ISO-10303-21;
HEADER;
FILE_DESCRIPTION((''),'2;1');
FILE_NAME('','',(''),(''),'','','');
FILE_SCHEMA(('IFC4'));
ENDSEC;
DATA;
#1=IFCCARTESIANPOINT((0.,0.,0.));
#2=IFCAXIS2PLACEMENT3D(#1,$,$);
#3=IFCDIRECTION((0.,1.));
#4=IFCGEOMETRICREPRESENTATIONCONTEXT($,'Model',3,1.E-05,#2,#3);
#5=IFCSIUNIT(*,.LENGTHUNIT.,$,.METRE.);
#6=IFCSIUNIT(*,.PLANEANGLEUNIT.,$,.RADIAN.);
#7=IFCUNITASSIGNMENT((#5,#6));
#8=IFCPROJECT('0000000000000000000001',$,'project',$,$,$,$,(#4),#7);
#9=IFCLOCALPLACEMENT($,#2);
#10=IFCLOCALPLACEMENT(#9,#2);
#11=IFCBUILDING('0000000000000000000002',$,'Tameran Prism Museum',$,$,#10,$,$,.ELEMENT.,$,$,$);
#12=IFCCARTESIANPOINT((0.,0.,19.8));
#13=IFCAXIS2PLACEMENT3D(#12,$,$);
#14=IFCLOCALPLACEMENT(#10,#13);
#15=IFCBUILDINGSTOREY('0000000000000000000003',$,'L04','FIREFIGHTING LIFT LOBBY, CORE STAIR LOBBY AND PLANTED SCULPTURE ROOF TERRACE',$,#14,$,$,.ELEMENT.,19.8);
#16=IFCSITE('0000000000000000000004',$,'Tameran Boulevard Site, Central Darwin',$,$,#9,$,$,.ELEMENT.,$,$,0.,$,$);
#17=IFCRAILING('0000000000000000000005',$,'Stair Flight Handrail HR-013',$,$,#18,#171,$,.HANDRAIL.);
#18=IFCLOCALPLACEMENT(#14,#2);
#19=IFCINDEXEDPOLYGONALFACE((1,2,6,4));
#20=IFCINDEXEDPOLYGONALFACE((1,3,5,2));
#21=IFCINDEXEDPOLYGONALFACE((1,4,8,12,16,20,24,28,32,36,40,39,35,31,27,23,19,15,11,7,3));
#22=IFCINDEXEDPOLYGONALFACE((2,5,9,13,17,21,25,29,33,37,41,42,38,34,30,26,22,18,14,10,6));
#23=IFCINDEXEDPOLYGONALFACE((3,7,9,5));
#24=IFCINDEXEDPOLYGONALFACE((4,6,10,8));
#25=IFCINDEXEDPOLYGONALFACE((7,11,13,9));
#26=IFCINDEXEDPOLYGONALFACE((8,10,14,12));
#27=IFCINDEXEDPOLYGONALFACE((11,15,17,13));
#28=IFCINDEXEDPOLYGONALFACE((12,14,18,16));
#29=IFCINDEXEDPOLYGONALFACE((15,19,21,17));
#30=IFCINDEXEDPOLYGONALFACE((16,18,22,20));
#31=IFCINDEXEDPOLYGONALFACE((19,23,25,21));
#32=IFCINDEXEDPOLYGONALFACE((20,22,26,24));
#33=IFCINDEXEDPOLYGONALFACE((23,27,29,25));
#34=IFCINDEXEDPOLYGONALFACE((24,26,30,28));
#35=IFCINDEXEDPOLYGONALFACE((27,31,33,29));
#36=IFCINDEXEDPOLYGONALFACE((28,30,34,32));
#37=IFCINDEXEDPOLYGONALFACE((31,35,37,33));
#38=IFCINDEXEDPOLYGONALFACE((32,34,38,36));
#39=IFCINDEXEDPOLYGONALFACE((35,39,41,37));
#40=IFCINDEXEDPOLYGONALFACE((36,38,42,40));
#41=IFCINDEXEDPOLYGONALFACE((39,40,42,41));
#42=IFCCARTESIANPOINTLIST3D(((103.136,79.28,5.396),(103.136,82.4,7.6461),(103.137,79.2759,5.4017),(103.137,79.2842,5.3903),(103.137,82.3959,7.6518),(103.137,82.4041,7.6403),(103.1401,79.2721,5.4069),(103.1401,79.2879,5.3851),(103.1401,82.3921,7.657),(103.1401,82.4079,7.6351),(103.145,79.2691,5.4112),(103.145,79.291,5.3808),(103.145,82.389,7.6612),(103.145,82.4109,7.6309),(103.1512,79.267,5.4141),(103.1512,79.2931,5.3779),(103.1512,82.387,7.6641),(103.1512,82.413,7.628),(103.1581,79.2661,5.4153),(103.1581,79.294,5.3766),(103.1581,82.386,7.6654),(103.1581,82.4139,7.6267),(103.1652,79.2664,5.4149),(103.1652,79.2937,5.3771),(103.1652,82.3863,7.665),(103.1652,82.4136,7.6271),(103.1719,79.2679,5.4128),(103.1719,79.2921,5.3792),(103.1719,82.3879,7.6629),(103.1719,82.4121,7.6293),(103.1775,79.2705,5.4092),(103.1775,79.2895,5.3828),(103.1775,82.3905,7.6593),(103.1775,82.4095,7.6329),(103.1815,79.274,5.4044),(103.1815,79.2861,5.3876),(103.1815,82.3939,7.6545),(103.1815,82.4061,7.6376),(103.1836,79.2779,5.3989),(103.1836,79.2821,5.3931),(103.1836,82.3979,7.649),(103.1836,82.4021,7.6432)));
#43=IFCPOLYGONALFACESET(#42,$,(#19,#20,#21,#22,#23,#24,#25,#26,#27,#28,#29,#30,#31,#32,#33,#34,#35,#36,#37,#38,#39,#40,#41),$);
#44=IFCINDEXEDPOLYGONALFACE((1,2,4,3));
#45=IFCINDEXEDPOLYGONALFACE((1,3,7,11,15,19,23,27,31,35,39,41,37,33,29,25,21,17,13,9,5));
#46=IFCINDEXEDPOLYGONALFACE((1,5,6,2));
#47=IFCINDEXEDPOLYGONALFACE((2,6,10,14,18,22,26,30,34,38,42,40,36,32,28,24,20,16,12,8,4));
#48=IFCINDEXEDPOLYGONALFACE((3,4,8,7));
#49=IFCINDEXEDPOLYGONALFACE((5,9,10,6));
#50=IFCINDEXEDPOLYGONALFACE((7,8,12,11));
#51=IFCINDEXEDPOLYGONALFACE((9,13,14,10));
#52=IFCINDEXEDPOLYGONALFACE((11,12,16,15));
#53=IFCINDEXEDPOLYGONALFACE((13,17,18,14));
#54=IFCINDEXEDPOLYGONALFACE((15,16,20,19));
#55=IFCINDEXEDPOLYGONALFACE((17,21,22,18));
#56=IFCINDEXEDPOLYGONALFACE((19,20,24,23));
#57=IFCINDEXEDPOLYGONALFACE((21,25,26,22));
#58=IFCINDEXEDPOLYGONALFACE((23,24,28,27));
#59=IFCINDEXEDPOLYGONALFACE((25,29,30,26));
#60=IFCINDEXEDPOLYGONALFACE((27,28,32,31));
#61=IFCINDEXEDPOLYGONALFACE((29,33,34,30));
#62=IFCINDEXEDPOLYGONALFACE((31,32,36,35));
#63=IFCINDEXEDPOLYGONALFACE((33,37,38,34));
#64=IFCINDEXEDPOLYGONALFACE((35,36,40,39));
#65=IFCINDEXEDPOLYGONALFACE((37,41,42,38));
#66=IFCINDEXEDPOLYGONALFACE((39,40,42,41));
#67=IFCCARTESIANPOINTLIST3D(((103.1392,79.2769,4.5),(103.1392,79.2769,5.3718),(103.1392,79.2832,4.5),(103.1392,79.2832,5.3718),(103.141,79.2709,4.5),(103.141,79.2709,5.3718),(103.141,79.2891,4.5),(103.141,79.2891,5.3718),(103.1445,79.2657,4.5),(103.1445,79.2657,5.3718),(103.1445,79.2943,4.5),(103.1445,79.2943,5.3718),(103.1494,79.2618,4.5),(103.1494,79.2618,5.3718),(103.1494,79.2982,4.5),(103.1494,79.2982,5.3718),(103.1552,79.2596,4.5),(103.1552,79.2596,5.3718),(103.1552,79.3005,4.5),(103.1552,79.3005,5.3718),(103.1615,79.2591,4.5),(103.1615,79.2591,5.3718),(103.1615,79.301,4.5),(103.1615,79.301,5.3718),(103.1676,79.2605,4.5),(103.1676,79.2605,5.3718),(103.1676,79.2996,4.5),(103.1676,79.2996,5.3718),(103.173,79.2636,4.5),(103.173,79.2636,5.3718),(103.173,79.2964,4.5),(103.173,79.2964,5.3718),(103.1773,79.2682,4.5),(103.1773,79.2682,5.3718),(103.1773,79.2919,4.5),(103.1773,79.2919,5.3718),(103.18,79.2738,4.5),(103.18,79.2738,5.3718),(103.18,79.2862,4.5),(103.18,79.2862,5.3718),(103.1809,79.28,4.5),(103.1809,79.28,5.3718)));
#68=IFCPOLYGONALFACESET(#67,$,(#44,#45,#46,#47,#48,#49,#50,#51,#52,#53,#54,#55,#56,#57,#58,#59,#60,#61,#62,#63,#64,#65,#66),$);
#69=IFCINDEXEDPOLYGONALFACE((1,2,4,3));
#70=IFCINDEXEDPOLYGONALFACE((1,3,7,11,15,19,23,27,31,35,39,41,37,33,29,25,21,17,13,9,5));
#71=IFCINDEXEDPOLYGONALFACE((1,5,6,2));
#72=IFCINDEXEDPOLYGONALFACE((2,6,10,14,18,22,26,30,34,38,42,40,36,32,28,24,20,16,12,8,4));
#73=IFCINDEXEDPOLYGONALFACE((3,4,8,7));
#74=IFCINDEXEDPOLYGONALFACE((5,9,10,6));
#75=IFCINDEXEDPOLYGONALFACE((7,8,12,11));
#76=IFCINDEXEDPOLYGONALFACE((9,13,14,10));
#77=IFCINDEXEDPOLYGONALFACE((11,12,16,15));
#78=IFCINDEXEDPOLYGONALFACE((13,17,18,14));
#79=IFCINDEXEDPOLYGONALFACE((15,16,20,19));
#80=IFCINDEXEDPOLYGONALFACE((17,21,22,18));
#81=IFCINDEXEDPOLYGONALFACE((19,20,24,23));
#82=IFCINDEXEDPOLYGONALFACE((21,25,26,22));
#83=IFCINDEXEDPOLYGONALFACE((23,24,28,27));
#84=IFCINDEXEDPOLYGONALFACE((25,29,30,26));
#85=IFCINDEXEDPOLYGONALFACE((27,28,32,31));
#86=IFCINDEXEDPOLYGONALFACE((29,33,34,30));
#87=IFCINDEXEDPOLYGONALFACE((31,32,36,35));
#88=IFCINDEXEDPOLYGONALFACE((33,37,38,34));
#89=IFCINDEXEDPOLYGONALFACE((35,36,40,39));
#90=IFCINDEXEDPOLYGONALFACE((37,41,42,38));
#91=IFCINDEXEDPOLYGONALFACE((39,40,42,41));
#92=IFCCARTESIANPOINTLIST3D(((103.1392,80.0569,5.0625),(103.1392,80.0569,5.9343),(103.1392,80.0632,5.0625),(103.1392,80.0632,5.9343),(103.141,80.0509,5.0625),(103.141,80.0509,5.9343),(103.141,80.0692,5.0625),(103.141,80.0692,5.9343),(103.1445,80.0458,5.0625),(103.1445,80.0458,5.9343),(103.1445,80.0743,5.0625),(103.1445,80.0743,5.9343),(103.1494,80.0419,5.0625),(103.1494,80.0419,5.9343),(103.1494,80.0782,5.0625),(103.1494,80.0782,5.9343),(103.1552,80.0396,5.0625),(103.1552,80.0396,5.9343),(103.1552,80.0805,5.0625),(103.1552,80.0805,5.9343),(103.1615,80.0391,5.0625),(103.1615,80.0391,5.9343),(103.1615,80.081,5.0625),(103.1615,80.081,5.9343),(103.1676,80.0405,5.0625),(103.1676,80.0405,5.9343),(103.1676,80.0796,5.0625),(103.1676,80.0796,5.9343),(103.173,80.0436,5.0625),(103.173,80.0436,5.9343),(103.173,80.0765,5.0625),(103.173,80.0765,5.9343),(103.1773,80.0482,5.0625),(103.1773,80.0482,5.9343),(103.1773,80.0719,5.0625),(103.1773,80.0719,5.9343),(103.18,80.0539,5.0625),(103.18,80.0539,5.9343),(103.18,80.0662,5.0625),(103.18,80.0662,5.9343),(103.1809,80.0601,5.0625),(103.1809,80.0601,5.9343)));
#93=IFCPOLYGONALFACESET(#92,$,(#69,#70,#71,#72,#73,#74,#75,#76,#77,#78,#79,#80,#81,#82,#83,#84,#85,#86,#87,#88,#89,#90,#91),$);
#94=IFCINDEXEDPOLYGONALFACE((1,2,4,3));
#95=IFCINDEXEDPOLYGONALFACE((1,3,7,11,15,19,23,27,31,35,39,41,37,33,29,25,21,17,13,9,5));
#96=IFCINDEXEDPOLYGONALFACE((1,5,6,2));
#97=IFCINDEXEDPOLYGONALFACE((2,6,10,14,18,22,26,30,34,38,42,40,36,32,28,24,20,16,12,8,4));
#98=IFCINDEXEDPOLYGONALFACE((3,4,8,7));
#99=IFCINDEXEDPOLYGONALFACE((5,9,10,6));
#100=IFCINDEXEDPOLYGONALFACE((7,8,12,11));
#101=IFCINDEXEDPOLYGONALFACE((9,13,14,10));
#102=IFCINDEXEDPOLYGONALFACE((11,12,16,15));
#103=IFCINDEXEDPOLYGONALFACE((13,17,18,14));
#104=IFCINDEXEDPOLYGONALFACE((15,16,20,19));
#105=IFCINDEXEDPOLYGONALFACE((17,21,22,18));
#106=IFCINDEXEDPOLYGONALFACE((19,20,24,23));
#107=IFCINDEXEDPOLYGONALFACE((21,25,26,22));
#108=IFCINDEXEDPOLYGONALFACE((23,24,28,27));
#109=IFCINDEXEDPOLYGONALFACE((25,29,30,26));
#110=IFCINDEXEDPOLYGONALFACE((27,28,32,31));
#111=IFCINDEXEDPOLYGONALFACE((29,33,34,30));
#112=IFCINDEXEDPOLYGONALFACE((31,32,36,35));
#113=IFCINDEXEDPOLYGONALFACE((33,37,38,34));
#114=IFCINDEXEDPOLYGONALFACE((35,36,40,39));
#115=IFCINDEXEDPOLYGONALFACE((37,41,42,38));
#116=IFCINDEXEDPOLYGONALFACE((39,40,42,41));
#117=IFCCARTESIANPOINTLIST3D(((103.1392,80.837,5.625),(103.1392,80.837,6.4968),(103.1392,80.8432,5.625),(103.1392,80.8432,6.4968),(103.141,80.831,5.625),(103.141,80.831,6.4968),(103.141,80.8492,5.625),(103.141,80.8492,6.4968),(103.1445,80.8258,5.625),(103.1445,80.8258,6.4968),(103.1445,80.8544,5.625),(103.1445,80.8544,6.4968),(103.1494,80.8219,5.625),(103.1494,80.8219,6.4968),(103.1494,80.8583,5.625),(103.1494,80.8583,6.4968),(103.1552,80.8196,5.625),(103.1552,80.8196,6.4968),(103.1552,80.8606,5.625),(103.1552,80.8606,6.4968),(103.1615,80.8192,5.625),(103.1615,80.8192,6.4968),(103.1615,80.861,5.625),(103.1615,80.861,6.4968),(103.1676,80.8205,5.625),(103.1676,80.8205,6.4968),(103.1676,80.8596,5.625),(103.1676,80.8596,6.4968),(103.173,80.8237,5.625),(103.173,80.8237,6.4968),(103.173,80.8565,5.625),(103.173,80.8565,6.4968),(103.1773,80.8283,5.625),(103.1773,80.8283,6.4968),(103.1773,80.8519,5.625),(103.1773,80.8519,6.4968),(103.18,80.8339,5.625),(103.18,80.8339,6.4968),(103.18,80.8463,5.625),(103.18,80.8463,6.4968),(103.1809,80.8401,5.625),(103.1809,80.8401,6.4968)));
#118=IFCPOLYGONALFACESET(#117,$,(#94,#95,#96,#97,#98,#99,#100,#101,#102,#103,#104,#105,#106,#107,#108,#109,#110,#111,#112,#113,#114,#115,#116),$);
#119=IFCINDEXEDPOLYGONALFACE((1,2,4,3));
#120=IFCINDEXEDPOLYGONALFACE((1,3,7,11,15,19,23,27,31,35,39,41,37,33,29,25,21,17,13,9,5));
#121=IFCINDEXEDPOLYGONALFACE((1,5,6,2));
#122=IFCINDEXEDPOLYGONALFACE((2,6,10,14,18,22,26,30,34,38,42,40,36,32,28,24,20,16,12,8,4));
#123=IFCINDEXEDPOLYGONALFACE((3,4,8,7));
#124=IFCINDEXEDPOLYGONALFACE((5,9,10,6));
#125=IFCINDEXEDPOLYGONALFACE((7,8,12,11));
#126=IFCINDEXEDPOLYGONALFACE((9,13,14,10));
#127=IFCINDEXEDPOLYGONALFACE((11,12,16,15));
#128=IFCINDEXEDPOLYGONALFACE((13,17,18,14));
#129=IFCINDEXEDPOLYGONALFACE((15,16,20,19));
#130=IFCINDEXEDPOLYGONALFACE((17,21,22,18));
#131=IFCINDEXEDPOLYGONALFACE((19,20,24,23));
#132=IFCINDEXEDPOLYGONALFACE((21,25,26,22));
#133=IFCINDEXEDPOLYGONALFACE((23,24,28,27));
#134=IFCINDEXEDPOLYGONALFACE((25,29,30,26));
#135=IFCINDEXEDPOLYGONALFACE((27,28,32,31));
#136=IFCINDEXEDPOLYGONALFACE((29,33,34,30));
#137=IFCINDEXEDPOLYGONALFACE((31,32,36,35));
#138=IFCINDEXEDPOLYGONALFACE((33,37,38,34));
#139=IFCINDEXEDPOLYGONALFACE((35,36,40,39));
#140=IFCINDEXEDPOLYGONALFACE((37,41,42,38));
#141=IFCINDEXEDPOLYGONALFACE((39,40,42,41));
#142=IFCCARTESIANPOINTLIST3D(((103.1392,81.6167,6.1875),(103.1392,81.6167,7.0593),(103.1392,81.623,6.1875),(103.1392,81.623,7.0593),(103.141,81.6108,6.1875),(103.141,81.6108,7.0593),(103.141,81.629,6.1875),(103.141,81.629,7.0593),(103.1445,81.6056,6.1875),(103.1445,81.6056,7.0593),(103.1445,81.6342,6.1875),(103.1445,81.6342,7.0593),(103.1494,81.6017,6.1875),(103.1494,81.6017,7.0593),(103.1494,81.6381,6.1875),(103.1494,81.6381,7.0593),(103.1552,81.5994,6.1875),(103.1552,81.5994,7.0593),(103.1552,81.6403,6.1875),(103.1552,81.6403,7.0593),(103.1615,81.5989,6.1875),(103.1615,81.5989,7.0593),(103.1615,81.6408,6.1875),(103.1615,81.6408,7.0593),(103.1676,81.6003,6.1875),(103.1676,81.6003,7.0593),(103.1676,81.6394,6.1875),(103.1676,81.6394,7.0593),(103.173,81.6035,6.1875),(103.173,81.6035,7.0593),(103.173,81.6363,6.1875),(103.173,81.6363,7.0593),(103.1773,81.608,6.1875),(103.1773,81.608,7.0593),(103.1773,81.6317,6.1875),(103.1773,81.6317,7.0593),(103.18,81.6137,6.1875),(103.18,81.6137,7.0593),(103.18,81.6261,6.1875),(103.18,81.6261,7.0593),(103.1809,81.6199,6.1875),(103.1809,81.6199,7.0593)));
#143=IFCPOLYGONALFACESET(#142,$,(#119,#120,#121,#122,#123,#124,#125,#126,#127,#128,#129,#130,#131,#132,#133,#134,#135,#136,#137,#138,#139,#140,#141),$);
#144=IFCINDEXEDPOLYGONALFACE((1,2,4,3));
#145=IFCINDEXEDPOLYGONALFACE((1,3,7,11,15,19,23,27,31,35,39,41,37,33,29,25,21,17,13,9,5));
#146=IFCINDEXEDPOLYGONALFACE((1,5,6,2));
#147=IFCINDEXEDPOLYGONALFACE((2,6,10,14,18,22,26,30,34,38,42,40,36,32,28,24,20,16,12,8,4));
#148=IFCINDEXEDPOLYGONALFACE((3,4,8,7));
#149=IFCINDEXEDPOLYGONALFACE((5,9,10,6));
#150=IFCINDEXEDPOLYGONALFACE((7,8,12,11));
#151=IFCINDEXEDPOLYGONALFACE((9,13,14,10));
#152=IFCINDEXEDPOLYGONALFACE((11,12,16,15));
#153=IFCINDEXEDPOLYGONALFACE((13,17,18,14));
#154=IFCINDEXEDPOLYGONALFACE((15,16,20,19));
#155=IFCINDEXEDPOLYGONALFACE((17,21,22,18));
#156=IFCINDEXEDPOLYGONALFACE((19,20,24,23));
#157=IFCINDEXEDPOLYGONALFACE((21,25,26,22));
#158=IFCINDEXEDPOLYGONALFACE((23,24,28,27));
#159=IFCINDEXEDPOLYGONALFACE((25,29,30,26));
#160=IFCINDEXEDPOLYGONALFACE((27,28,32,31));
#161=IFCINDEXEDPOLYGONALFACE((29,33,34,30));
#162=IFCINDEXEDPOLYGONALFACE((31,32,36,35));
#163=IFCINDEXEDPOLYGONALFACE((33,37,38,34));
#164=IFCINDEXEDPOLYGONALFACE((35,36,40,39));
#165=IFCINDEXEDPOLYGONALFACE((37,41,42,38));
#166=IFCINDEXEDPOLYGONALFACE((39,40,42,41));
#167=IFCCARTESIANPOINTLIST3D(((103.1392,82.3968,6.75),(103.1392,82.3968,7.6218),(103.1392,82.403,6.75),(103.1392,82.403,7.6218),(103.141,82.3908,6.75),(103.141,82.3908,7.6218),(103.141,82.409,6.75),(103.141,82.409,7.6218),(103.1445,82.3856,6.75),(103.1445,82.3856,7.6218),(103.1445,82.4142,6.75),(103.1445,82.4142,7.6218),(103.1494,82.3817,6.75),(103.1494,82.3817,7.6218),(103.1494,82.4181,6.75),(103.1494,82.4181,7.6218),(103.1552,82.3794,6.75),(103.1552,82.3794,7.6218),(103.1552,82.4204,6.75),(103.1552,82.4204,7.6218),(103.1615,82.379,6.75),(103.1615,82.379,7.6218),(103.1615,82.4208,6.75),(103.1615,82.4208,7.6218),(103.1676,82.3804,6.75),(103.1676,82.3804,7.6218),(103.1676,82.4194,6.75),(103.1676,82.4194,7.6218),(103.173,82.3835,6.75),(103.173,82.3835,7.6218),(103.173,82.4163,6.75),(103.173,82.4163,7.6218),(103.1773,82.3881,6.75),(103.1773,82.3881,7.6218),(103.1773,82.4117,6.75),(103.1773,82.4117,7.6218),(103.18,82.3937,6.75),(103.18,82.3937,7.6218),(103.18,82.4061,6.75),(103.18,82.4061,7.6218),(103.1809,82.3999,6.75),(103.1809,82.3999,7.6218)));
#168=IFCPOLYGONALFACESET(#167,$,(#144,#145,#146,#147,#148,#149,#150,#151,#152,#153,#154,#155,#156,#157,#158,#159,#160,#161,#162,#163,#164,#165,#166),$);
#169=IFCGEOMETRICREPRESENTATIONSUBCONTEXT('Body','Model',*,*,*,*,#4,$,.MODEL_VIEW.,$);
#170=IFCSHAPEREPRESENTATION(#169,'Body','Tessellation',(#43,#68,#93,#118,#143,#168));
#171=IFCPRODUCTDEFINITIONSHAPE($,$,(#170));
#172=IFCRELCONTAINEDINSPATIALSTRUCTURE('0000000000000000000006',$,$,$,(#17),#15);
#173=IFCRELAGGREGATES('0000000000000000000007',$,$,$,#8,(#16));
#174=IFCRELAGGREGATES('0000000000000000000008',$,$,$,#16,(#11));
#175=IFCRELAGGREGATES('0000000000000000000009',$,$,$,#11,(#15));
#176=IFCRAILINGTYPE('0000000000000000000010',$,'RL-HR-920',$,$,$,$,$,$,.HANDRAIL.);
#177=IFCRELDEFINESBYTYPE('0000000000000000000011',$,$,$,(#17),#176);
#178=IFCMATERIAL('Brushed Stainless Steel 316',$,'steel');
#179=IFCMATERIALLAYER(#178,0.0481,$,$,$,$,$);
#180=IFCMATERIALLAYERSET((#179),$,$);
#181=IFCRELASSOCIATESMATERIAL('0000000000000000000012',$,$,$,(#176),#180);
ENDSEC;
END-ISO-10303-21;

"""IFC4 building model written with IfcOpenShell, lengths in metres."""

from ifc_helpers import new_model, si_unit, direction, frame, origin, origin_2d, place, context, subcontext, project, spatial, circle, extrude, material, layer, layer_set, type_object, element, save


model = new_model("IFC4")

# Units and contexts
model_context = context("Model", 3, precision=1e-05, world=origin(), true_north=direction((0.0, 1.0)))
body_context = subcontext(model_context, "Body", "Model", "MODEL_VIEW")
ifc_project = project(units=[si_unit("LENGTHUNIT", "METRE"), si_unit("PLANEANGLEUNIT", "RADIAN")], contexts=[model_context])

# Site, building, storey
site_placement = place(None, origin())
site = spatial("IfcSite", under=ifc_project, at=site_placement, Name="Tameran Boulevard Site, Central Darwin", CompositionType="ELEMENT", RefElevation=0.0)
building_placement = place(site_placement, origin())
building = spatial("IfcBuilding", under=site, at=building_placement, Name="Tameran Prism Museum", CompositionType="ELEMENT")
storey_placement = place(building_placement, frame((0.0, 0.0, 19.8)))
storey = spatial("IfcBuildingStorey", under=building, at=storey_placement, Name="L04", Description="FIREFIGHTING LIFT LOBBY, CORE STAIR LOBBY AND PLANTED SCULPTURE ROOF TERRACE", CompositionType="ELEMENT", Elevation=19.8)

# Railing
ifc_material_1 = material(Name="Brushed Stainless Steel 316", Category="steel")
ifc_layer_1 = layer(ifc_material_1, 0.0481)
ifc_layer_set_1 = layer_set([ifc_layer_1])
railing_type = type_object("IfcRailingType", Name="RL-HR-920", PredefinedType="HANDRAIL", material=ifc_layer_set_1)
for number, where, name in (
    (1, (103.1599, 79.28, 4.5), "Stair Flight Handrail HR-013"),
):
    element("IfcRailing", number, at=place(storey_placement, frame(where)), inside=storey, type_object=railing_type, Name=name, PredefinedType="HANDRAIL", context=body_context, shape_type="SweptSolid", body=[
        extrude(circle(Radius=0.0239, at=origin_2d()), frame((0.0, 0.0, 0.896), z_axis=(0.0, 0.811079, 0.584937), x_axis=(-1.0, 0.0, 0.0)), (0.0, 0.0, 1.0), 3.8467),
        extrude(circle(Radius=0.021, at=origin_2d()), origin(), (0.0, 0.0, 1.0), 0.8718),
        extrude(circle(Radius=0.021, at=origin_2d()), frame((0.0, 0.78, 0.5625)), (0.0, 0.0, 1.0), 0.8718),
        extrude(circle(Radius=0.021, at=origin_2d()), frame((0.0, 1.5601, 1.125)), (0.0, 0.0, 1.0), 0.8718),
        extrude(circle(Radius=0.021, at=origin_2d()), frame((0.0, 2.3398, 1.6875)), (0.0, 0.0, 1.0), 0.8718),
        extrude(circle(Radius=0.021, at=origin_2d()), frame((0.0, 3.1199, 2.25)), (0.0, 0.0, 1.0), 0.8718),
    ])

save(model, "model.ifc")
